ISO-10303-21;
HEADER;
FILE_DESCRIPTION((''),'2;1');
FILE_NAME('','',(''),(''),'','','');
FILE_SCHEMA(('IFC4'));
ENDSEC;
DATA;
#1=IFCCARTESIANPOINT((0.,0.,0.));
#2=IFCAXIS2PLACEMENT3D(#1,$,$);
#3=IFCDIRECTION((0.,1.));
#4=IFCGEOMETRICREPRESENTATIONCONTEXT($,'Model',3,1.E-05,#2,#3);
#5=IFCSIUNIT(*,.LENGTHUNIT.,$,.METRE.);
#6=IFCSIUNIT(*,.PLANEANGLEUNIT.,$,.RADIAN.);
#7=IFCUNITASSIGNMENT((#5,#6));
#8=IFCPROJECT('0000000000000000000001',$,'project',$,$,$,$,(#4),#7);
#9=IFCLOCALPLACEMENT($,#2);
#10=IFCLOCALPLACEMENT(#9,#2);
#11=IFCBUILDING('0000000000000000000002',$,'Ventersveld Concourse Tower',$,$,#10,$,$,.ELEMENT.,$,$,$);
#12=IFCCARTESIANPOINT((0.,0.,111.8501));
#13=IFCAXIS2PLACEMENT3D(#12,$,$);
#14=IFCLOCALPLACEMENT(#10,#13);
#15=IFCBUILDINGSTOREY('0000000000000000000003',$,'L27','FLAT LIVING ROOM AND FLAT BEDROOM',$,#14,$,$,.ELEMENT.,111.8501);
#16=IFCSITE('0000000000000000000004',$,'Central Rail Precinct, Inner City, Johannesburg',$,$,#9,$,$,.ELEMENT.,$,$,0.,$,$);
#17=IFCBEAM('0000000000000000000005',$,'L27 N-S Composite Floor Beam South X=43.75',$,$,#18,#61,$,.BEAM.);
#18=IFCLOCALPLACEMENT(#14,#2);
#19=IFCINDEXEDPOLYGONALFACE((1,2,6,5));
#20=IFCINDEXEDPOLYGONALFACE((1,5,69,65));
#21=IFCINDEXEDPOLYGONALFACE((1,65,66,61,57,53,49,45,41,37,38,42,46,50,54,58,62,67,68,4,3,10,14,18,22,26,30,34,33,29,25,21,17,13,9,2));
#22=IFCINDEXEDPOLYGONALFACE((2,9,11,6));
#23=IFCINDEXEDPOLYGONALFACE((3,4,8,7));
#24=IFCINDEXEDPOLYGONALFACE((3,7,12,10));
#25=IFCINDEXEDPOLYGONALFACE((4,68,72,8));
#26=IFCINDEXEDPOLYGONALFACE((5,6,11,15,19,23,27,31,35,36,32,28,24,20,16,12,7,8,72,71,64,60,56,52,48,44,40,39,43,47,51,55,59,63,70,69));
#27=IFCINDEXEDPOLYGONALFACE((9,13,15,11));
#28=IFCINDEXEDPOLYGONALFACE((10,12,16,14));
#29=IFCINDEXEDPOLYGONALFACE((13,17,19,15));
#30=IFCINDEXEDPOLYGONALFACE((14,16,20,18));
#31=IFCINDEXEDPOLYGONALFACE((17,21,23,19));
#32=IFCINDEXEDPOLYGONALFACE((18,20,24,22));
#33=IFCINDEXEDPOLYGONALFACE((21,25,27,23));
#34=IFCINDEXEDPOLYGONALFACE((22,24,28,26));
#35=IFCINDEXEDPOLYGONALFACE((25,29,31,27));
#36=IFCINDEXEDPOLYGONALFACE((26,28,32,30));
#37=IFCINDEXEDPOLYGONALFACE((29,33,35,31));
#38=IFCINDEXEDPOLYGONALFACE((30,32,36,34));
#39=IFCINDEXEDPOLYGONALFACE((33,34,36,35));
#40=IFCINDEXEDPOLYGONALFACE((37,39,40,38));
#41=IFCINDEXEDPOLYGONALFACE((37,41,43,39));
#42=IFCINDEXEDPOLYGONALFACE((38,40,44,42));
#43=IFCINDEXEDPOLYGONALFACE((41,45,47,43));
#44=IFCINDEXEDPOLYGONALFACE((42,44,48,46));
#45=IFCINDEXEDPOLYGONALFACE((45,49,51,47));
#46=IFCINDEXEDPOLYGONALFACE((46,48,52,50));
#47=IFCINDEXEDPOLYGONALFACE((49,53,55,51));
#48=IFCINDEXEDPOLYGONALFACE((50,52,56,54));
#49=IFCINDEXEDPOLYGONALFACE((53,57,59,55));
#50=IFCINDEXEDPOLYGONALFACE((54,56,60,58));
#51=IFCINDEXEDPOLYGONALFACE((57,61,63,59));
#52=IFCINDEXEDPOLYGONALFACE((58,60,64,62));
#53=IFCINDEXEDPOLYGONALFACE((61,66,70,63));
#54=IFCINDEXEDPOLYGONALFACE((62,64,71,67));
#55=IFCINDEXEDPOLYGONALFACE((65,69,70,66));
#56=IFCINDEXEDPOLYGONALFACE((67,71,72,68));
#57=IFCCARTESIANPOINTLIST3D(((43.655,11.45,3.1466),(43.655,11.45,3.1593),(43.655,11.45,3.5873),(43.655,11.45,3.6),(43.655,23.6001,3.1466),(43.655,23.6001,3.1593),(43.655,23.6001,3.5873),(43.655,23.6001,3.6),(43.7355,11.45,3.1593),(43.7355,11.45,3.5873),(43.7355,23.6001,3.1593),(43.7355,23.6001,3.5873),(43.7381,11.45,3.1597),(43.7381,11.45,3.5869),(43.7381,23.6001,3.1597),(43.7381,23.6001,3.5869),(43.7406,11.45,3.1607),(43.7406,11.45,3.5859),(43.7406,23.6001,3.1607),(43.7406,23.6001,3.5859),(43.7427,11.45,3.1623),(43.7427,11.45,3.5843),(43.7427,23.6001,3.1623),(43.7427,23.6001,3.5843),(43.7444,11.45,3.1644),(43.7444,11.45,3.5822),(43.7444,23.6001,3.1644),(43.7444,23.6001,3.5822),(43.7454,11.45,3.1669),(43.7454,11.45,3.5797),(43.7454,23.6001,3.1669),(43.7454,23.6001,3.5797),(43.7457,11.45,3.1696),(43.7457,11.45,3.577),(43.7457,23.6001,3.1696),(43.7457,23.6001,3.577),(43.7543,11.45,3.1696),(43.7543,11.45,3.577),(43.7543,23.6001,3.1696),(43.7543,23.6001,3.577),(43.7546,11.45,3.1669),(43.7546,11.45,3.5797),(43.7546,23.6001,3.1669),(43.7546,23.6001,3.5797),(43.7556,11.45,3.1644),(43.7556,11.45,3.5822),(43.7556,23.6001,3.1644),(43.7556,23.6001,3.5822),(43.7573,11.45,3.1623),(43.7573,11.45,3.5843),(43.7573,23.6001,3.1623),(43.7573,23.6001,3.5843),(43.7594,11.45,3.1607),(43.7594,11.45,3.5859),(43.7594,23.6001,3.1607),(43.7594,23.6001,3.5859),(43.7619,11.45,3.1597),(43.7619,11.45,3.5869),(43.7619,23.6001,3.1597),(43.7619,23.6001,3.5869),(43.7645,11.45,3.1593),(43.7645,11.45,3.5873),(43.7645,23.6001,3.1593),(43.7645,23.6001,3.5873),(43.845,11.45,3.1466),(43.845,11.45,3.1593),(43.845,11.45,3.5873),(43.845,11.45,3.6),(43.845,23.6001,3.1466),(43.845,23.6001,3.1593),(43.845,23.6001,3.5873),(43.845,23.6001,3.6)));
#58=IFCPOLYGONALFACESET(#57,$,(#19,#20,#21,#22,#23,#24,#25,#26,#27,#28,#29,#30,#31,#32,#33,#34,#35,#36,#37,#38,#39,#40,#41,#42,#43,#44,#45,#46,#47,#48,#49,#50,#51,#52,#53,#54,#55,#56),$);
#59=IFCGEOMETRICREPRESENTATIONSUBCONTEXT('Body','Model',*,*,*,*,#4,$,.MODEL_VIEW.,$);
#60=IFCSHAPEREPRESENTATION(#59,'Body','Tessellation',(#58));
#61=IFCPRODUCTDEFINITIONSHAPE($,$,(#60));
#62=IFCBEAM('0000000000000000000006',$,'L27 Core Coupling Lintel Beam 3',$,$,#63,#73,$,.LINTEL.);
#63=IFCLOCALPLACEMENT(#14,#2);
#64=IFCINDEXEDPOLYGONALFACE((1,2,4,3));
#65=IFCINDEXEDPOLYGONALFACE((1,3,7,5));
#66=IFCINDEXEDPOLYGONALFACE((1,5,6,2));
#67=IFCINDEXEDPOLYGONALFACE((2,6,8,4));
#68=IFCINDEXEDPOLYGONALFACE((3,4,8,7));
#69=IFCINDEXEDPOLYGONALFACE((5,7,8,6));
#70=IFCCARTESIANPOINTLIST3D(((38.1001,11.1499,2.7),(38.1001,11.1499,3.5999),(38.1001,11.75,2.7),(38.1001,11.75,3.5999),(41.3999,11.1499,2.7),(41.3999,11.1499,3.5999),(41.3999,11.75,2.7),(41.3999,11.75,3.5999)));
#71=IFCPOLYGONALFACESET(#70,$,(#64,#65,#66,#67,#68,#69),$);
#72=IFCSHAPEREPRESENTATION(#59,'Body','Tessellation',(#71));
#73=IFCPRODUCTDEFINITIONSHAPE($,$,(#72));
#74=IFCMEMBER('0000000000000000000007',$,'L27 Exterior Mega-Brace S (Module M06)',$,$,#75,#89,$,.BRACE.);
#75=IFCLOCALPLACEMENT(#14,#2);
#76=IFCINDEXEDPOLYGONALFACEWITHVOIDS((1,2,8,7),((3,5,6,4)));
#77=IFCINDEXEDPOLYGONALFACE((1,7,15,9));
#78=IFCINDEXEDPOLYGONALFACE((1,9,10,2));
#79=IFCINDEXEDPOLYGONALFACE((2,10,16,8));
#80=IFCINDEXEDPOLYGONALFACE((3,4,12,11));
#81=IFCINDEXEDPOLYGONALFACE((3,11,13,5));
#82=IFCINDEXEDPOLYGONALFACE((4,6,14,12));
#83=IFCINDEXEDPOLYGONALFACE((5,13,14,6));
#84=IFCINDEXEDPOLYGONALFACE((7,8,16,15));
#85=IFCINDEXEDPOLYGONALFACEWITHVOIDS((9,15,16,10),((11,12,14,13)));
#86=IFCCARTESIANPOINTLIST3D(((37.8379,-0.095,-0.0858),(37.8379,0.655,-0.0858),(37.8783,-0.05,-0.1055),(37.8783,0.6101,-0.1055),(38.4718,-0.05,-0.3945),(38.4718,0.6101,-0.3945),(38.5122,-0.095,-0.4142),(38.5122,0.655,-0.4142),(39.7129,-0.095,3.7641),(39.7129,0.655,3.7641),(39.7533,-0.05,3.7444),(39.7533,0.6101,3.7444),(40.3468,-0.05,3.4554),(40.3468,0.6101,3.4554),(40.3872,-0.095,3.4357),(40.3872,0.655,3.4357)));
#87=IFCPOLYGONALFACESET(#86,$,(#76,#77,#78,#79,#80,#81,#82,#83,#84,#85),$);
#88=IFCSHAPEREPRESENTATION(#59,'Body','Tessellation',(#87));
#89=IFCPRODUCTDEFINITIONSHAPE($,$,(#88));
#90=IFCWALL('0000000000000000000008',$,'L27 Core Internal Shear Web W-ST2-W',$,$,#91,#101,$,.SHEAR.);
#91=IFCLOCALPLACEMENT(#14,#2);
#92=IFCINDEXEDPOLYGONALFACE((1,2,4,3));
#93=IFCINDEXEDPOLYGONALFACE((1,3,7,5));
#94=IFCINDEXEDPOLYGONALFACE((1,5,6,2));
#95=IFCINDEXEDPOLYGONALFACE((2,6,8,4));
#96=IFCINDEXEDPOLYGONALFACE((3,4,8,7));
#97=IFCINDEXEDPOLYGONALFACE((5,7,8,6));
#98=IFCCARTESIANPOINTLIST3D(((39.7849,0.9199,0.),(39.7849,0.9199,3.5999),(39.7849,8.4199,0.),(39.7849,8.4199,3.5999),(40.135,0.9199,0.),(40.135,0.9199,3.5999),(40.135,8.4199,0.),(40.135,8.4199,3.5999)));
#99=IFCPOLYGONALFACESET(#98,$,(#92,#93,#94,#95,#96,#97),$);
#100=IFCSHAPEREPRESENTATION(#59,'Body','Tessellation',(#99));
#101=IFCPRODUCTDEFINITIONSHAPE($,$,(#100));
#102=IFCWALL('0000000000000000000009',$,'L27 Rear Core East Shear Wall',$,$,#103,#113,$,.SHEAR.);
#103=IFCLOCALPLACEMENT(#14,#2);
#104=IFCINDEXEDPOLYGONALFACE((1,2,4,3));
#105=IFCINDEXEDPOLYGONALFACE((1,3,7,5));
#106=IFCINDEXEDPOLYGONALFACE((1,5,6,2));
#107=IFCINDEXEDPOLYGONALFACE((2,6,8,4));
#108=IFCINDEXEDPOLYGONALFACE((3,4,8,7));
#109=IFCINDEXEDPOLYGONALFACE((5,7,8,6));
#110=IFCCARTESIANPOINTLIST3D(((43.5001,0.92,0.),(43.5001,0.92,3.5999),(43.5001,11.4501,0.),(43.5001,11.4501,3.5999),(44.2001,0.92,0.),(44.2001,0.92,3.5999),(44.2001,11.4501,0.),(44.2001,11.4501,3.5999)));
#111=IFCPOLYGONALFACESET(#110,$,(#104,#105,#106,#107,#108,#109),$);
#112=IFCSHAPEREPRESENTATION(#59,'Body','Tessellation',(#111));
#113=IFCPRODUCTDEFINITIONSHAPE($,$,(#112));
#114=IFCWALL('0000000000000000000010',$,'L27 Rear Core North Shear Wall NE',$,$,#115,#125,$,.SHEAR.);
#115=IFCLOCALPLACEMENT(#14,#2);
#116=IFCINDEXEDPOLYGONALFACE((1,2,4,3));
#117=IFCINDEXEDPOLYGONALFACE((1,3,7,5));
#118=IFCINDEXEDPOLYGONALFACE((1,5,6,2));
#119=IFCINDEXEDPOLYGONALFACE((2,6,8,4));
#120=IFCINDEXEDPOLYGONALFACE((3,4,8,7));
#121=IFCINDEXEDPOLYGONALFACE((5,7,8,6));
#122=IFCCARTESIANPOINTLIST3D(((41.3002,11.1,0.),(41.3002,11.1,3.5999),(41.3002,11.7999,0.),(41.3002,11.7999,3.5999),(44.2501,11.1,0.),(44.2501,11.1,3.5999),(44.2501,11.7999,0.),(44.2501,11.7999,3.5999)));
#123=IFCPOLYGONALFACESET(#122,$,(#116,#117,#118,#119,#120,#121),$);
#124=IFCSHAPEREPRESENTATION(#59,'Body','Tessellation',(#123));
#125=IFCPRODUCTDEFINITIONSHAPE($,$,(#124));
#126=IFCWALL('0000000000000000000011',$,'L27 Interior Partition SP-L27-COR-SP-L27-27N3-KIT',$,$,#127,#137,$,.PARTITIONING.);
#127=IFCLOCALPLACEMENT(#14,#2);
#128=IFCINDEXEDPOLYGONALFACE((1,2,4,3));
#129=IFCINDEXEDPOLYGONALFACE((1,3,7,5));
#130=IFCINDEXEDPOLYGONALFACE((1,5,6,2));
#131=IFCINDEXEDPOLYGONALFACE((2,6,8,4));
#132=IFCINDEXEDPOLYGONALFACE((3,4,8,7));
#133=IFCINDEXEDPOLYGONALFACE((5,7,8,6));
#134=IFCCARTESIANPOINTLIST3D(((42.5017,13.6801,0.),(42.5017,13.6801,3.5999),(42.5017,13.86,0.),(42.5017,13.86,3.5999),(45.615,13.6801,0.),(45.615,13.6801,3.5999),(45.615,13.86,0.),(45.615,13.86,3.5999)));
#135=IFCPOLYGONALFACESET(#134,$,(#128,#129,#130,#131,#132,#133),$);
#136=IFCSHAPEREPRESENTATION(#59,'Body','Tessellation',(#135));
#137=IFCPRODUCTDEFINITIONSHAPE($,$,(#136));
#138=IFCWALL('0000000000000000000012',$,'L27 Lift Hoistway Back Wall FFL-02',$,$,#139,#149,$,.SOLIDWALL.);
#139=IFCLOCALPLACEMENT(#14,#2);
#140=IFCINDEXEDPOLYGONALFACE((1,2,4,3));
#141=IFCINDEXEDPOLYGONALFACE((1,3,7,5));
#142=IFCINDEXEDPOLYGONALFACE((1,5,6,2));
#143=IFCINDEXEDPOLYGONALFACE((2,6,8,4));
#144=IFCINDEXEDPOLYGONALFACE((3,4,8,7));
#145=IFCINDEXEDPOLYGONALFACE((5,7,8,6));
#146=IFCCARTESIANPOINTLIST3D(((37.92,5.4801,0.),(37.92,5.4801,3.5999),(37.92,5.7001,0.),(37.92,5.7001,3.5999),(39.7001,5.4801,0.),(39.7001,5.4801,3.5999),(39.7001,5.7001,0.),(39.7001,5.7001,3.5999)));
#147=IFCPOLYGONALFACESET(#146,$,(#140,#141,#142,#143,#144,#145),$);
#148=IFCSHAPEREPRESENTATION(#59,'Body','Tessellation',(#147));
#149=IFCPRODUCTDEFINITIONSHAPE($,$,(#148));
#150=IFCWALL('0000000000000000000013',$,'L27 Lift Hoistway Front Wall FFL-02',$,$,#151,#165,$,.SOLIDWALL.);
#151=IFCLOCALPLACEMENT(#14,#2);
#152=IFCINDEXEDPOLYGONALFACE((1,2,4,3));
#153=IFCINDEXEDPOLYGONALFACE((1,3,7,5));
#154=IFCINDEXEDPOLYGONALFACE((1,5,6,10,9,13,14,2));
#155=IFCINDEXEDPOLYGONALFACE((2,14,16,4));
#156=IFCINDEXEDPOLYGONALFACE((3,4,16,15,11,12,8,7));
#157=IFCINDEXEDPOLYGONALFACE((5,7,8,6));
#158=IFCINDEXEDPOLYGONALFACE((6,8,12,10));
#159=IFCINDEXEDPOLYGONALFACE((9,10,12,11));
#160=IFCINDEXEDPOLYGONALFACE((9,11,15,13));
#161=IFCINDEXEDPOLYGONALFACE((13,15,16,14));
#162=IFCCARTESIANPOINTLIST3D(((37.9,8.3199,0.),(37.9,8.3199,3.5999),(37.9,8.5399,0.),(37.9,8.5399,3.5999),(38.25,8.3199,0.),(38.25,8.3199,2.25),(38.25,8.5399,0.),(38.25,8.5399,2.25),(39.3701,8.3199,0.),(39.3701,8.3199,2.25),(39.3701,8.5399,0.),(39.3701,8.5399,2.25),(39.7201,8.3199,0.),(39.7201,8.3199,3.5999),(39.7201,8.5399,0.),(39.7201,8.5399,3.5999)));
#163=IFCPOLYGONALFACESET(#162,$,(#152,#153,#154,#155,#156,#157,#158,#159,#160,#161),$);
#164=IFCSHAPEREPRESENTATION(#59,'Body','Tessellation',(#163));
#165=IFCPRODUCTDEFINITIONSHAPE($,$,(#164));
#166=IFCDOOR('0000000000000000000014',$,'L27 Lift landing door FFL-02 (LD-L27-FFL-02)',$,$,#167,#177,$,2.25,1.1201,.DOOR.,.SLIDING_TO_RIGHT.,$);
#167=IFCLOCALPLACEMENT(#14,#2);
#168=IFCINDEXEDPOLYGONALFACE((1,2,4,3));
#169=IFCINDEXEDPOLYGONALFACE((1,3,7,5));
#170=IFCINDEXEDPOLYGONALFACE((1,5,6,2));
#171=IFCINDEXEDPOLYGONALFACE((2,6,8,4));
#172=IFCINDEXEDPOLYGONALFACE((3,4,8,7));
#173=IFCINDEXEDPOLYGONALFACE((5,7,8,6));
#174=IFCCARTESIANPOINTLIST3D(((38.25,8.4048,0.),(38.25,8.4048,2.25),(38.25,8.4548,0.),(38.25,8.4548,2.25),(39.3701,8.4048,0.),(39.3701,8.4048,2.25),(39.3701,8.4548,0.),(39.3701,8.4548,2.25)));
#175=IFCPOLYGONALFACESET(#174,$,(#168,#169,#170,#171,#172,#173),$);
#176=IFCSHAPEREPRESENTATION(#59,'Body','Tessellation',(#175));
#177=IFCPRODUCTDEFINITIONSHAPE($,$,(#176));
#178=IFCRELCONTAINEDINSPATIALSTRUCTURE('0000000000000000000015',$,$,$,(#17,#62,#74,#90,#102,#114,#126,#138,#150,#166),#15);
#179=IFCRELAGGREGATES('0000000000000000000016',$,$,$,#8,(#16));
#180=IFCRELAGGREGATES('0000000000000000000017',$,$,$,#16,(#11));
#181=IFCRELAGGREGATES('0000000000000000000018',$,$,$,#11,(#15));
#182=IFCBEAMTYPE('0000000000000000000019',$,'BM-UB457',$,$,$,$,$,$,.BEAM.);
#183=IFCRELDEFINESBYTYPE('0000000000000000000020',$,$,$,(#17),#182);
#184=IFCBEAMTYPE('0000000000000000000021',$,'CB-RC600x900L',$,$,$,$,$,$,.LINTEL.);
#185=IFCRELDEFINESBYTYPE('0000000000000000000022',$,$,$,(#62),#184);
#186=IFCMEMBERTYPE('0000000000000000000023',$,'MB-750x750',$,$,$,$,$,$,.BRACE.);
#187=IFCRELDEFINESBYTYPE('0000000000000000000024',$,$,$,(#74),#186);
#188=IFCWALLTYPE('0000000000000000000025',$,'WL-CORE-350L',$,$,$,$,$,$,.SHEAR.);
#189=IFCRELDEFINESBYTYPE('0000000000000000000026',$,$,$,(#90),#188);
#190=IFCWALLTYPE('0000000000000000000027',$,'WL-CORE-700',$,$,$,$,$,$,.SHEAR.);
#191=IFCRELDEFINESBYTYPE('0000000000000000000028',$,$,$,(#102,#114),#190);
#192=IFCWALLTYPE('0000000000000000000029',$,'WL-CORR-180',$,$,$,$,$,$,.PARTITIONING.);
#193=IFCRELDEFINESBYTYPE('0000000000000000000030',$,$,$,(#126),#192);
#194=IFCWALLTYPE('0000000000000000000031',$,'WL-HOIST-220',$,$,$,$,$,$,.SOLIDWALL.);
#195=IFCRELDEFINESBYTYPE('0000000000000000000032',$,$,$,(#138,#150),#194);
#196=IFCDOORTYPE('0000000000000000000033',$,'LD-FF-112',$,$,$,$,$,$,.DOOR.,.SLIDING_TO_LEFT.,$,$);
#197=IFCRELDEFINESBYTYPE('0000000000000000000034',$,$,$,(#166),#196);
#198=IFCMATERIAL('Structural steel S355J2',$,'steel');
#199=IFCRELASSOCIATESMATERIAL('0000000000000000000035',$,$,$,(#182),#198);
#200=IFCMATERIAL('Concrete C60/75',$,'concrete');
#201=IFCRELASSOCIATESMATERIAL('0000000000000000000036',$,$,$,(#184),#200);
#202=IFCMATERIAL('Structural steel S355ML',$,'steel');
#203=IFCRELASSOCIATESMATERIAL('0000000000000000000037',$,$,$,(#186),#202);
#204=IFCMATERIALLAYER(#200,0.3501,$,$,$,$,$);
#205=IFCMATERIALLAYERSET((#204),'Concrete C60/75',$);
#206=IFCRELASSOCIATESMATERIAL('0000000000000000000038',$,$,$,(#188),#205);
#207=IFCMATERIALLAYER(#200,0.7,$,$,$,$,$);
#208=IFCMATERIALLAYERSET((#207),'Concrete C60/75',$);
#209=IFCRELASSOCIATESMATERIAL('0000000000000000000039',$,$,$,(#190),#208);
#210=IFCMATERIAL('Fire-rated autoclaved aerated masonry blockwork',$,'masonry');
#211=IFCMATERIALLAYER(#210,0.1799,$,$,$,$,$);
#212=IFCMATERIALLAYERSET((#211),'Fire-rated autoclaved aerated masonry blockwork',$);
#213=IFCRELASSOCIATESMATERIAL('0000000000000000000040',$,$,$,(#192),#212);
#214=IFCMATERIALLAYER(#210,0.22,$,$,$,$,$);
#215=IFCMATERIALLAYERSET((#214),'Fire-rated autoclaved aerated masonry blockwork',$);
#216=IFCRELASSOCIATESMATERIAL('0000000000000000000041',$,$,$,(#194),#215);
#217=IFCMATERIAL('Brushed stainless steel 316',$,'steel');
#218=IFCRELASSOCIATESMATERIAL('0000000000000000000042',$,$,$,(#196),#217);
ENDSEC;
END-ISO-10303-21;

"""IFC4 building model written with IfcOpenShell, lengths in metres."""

from ifc_helpers import new_model, si_unit, direction, frame, frame_2d, origin, origin_2d, place, context, subcontext, project, spatial, rectangle, hollow_rectangle, i_section, extrude, material, layer, layer_set, material_profile, profile_set, type_object, element, fill, save


model = new_model("IFC4")

# Units and contexts
model_context = context("Model", 3, precision=1e-05, world=origin(), true_north=direction((0.0, 1.0)))
body_context = subcontext(model_context, "Body", "Model", "MODEL_VIEW")
ifc_project = project(units=[si_unit("LENGTHUNIT", "METRE"), si_unit("PLANEANGLEUNIT", "RADIAN")], contexts=[model_context])

# Site, building, storey
site_placement = place(None, origin())
site = spatial("IfcSite", under=ifc_project, at=site_placement, Name="Central Rail Precinct, Inner City, Johannesburg", CompositionType="ELEMENT", RefElevation=0.0)
building_placement = place(site_placement, origin())
building = spatial("IfcBuilding", under=site, at=building_placement, Name="Ventersveld Concourse Tower", CompositionType="ELEMENT")
storey_placement = place(building_placement, frame((0.0, 0.0, 111.8501)))
storey = spatial("IfcBuildingStorey", under=building, at=storey_placement, Name="L27", Description="FLAT LIVING ROOM AND FLAT BEDROOM", CompositionType="ELEMENT", Elevation=111.8501)

# Beams
ifc_material_1 = material(Name="Structural steel S355J2", Category="steel")
ifc_material_profile_1 = material_profile(ifc_material_1, i_section(OverallWidth=0.1899, OverallDepth=0.4534, WebThickness=0.0085, FlangeThickness=0.0127, FilletRadius=0.0103, at=origin_2d()), Name="UB 457x191x67")
ifc_profile_set_1 = profile_set([ifc_material_profile_1], Name="Structural steel S355J2")
beam_type_1 = type_object("IfcBeamType", Name="BM-UB457", PredefinedType="BEAM", material=ifc_profile_set_1)
beam_1_placement = place(storey_placement, frame((43.75, 11.45, 3.3733), z_axis=(0.0, 1.0, 0.0), x_axis=(-1.0, 0.0, 0.0)))
element("IfcBeam", 1, at=beam_1_placement, inside=storey, type_object=beam_type_1, Name="L27 N-S Composite Floor Beam South X=43.75", PredefinedType="BEAM", context=body_context, shape_type="SweptSolid", body=[
    extrude(i_section(OverallWidth=0.1899, OverallDepth=0.4534, WebThickness=0.0085, FlangeThickness=0.0127, FilletRadius=0.0103, at=origin_2d()), origin(), (0.0, 0.0, 1.0), 12.1501),
])
ifc_material_2 = material(Name="Concrete C60/75", Category="concrete")
ifc_material_profile_2 = material_profile(ifc_material_2, rectangle(XDim=0.6001, YDim=0.8999, at=origin_2d()), Name="RC 600x900")
ifc_profile_set_2 = profile_set([ifc_material_profile_2], Name="Concrete C60/75")
beam_type_2 = type_object("IfcBeamType", Name="CB-RC600x900L", PredefinedType="LINTEL", material=ifc_profile_set_2)
beam_2_placement = place(storey_placement, frame((38.1001, 11.45, 3.1499), z_axis=(1.0, 0.0, 0.0), x_axis=(0.0, 1.0, 0.0)))
element("IfcBeam", 2, at=beam_2_placement, inside=storey, type_object=beam_type_2, Name="L27 Core Coupling Lintel Beam 3", PredefinedType="LINTEL", context=body_context, shape_type="SweptSolid", body=[
    extrude(rectangle(XDim=0.6001, YDim=0.8999, at=origin_2d()), origin(), (0.0, 0.0, 1.0), 3.2998),
])

# Member
ifc_material_3 = material(Name="Structural steel S355ML", Category="steel")
ifc_material_profile_3 = material_profile(ifc_material_3, hollow_rectangle(XDim=0.75, YDim=0.75, WallThickness=0.0449, at=origin_2d()), Name="BOX 750x750x45")
ifc_profile_set_3 = profile_set([ifc_material_profile_3], Name="Structural steel S355ML")
member_type = type_object("IfcMemberType", Name="MB-750x750", PredefinedType="BRACE", material=ifc_profile_set_3)
member_placement = place(storey_placement, frame((38.175, 0.28, -0.25), z_axis=(0.437862, 0.0, 0.899042), x_axis=(0.0, 1.0, 0.0)))
element("IfcMember", 3, at=member_placement, inside=storey, type_object=member_type, Name="L27 Exterior Mega-Brace S (Module M06)", PredefinedType="BRACE", context=body_context, shape_type="SweptSolid", body=[
    extrude(hollow_rectangle(XDim=0.75, YDim=0.75, WallThickness=0.0449, at=origin_2d()), origin(), (0.0, 0.0, 1.0), 4.2822),
])

# Walls
ifc_layer_1 = layer(ifc_material_2, 0.3501)
ifc_layer_set_1 = layer_set([ifc_layer_1], Name="Concrete C60/75")
wall_type_1 = type_object("IfcWallType", Name="WL-CORE-350L", PredefinedType="SHEAR", material=ifc_layer_set_1)
wall_1_placement = place(storey_placement, frame((39.96, 0.9199, 0.0), z_axis=(0.0, 0.0, 1.0), x_axis=(0.0, 1.0, 0.0)))
element("IfcWall", 4, at=wall_1_placement, inside=storey, type_object=wall_type_1, Name="L27 Core Internal Shear Web W-ST2-W", PredefinedType="SHEAR", context=body_context, shape_type="SweptSolid", body=[
    extrude(rectangle(XDim=7.5, YDim=0.3501, at=frame_2d((3.75, 0.0))), origin(), (0.0, 0.0, 1.0), 3.5999),
])
ifc_layer_2 = layer(ifc_material_2, 0.7)
ifc_layer_set_2 = layer_set([ifc_layer_2], Name="Concrete C60/75")
wall_type_2 = type_object("IfcWallType", Name="WL-CORE-700", PredefinedType="SHEAR", material=ifc_layer_set_2)
wall_2_placement = place(storey_placement, frame((43.8501, 0.9199, 0.0), z_axis=(0.0, 0.0, 1.0), x_axis=(0.0, 1.0, 0.0)))
element("IfcWall", 5, at=wall_2_placement, inside=storey, type_object=wall_type_2, Name="L27 Rear Core East Shear Wall", PredefinedType="SHEAR", context=body_context, shape_type="SweptSolid", body=[
    extrude(rectangle(XDim=10.53, YDim=0.7, at=frame_2d((5.2651, 0.0))), origin(), (0.0, 0.0, 1.0), 3.5999),
])
wall_3_placement = place(storey_placement, frame((41.3, 11.45, 0.0), z_axis=(0.0, 0.0, 1.0), x_axis=(1.0, 0.0, 0.0)))
element("IfcWall", 6, at=wall_3_placement, inside=storey, type_object=wall_type_2, Name="L27 Rear Core North Shear Wall NE", PredefinedType="SHEAR", context=body_context, shape_type="SweptSolid", body=[
    extrude(rectangle(XDim=2.95, YDim=0.7, at=frame_2d((1.4751, 0.0))), origin(), (0.0, 0.0, 1.0), 3.5999),
])
ifc_material_4 = material(Name="Fire-rated autoclaved aerated masonry blockwork", Category="masonry")
ifc_layer_3 = layer(ifc_material_4, 0.1799)
ifc_layer_set_3 = layer_set([ifc_layer_3], Name="Fire-rated autoclaved aerated masonry blockwork")
wall_type_3 = type_object("IfcWallType", Name="WL-CORR-180", PredefinedType="PARTITIONING", material=ifc_layer_set_3)
wall_4_placement = place(storey_placement, frame((42.5017, 13.77, 0.0), z_axis=(0.0, 0.0, 1.0), x_axis=(1.0, 0.0, 0.0)))
element("IfcWall", 7, at=wall_4_placement, inside=storey, type_object=wall_type_3, Name="L27 Interior Partition SP-L27-COR-SP-L27-27N3-KIT", PredefinedType="PARTITIONING", context=body_context, shape_type="SweptSolid", body=[
    extrude(rectangle(XDim=3.1133, YDim=0.1799, at=frame_2d((1.5566, 0.0))), origin(), (0.0, 0.0, 1.0), 3.5999),
])
ifc_layer_4 = layer(ifc_material_4, 0.22)
ifc_layer_set_4 = layer_set([ifc_layer_4], Name="Fire-rated autoclaved aerated masonry blockwork")
wall_type_4 = type_object("IfcWallType", Name="WL-HOIST-220", PredefinedType="SOLIDWALL", material=ifc_layer_set_4)
wall_5_placement = place(storey_placement, frame((37.9199, 5.5901, 0.0), z_axis=(0.0, 0.0, 1.0), x_axis=(1.0, 0.0, 0.0)))
element("IfcWall", 8, at=wall_5_placement, inside=storey, type_object=wall_type_4, Name="L27 Lift Hoistway Back Wall FFL-02", PredefinedType="SOLIDWALL", context=body_context, shape_type="SweptSolid", body=[
    extrude(rectangle(XDim=1.78, YDim=0.22, at=frame_2d((0.8901, 0.0))), origin(), (0.0, 0.0, 1.0), 3.5999),
])

# Wall, opening, door
wall_6_placement = place(storey_placement, frame((37.8999, 8.4299, 0.0), z_axis=(0.0, 0.0, 1.0), x_axis=(1.0, 0.0, 0.0)))
wall_6 = element("IfcWall", 9, at=wall_6_placement, inside=storey, type_object=wall_type_4, Name="L27 Lift Hoistway Front Wall FFL-02", PredefinedType="SOLIDWALL", context=body_context, shape_type="SweptSolid", body=[
    extrude(rectangle(XDim=1.8201, YDim=0.22, at=frame_2d((0.9102, 0.0))), origin(), (0.0, 0.0, 1.0), 3.5999),
])
opening_1_placement = place(wall_6_placement, frame((0.3501, 0.0, 0.0)))
opening_1 = element("IfcOpeningElement", 10, at=opening_1_placement, cuts=wall_6, PredefinedType="OPENING", context=body_context, shape_type="SweptSolid", body=[
    extrude(rectangle(XDim=1.1201, YDim=2.25, at=frame_2d((0.5601, 1.125))), frame((0.0, 0.1201, 0.0), z_axis=(0.0, -1.0, 0.0), x_axis=(1.0, 0.0, 0.0)), (0.0, 0.0, 1.0), 0.24),
])
ifc_material_5 = material(Name="Brushed stainless steel 316", Category="steel")
door_type_1 = type_object("IfcDoorType", Name="LD-FF-112", OperationType="SLIDING_TO_LEFT", PredefinedType="DOOR", material=ifc_material_5)
door_1_placement = place(opening_1_placement, origin())
door_1 = element("IfcDoor", 11, at=door_1_placement, inside=storey, type_object=door_type_1, Name="L27 Lift landing door FFL-02 (LD-L27-FFL-02)", OperationType="SLIDING_TO_RIGHT", OverallHeight=2.25, OverallWidth=1.1201, PredefinedType="DOOR", context=body_context, shape_type="SweptSolid", body=[
    extrude(rectangle(XDim=1.1201, YDim=2.25, at=frame_2d((0.5601, 1.125))), frame((0.0, 0.0249, 0.0), z_axis=(0.0, -1.0, 0.0), x_axis=(1.0, 0.0, 0.0)), (0.0, 0.0, 1.0), 0.05),
])
fill(opening_1, door_1)

save(model, "model.ifc")
